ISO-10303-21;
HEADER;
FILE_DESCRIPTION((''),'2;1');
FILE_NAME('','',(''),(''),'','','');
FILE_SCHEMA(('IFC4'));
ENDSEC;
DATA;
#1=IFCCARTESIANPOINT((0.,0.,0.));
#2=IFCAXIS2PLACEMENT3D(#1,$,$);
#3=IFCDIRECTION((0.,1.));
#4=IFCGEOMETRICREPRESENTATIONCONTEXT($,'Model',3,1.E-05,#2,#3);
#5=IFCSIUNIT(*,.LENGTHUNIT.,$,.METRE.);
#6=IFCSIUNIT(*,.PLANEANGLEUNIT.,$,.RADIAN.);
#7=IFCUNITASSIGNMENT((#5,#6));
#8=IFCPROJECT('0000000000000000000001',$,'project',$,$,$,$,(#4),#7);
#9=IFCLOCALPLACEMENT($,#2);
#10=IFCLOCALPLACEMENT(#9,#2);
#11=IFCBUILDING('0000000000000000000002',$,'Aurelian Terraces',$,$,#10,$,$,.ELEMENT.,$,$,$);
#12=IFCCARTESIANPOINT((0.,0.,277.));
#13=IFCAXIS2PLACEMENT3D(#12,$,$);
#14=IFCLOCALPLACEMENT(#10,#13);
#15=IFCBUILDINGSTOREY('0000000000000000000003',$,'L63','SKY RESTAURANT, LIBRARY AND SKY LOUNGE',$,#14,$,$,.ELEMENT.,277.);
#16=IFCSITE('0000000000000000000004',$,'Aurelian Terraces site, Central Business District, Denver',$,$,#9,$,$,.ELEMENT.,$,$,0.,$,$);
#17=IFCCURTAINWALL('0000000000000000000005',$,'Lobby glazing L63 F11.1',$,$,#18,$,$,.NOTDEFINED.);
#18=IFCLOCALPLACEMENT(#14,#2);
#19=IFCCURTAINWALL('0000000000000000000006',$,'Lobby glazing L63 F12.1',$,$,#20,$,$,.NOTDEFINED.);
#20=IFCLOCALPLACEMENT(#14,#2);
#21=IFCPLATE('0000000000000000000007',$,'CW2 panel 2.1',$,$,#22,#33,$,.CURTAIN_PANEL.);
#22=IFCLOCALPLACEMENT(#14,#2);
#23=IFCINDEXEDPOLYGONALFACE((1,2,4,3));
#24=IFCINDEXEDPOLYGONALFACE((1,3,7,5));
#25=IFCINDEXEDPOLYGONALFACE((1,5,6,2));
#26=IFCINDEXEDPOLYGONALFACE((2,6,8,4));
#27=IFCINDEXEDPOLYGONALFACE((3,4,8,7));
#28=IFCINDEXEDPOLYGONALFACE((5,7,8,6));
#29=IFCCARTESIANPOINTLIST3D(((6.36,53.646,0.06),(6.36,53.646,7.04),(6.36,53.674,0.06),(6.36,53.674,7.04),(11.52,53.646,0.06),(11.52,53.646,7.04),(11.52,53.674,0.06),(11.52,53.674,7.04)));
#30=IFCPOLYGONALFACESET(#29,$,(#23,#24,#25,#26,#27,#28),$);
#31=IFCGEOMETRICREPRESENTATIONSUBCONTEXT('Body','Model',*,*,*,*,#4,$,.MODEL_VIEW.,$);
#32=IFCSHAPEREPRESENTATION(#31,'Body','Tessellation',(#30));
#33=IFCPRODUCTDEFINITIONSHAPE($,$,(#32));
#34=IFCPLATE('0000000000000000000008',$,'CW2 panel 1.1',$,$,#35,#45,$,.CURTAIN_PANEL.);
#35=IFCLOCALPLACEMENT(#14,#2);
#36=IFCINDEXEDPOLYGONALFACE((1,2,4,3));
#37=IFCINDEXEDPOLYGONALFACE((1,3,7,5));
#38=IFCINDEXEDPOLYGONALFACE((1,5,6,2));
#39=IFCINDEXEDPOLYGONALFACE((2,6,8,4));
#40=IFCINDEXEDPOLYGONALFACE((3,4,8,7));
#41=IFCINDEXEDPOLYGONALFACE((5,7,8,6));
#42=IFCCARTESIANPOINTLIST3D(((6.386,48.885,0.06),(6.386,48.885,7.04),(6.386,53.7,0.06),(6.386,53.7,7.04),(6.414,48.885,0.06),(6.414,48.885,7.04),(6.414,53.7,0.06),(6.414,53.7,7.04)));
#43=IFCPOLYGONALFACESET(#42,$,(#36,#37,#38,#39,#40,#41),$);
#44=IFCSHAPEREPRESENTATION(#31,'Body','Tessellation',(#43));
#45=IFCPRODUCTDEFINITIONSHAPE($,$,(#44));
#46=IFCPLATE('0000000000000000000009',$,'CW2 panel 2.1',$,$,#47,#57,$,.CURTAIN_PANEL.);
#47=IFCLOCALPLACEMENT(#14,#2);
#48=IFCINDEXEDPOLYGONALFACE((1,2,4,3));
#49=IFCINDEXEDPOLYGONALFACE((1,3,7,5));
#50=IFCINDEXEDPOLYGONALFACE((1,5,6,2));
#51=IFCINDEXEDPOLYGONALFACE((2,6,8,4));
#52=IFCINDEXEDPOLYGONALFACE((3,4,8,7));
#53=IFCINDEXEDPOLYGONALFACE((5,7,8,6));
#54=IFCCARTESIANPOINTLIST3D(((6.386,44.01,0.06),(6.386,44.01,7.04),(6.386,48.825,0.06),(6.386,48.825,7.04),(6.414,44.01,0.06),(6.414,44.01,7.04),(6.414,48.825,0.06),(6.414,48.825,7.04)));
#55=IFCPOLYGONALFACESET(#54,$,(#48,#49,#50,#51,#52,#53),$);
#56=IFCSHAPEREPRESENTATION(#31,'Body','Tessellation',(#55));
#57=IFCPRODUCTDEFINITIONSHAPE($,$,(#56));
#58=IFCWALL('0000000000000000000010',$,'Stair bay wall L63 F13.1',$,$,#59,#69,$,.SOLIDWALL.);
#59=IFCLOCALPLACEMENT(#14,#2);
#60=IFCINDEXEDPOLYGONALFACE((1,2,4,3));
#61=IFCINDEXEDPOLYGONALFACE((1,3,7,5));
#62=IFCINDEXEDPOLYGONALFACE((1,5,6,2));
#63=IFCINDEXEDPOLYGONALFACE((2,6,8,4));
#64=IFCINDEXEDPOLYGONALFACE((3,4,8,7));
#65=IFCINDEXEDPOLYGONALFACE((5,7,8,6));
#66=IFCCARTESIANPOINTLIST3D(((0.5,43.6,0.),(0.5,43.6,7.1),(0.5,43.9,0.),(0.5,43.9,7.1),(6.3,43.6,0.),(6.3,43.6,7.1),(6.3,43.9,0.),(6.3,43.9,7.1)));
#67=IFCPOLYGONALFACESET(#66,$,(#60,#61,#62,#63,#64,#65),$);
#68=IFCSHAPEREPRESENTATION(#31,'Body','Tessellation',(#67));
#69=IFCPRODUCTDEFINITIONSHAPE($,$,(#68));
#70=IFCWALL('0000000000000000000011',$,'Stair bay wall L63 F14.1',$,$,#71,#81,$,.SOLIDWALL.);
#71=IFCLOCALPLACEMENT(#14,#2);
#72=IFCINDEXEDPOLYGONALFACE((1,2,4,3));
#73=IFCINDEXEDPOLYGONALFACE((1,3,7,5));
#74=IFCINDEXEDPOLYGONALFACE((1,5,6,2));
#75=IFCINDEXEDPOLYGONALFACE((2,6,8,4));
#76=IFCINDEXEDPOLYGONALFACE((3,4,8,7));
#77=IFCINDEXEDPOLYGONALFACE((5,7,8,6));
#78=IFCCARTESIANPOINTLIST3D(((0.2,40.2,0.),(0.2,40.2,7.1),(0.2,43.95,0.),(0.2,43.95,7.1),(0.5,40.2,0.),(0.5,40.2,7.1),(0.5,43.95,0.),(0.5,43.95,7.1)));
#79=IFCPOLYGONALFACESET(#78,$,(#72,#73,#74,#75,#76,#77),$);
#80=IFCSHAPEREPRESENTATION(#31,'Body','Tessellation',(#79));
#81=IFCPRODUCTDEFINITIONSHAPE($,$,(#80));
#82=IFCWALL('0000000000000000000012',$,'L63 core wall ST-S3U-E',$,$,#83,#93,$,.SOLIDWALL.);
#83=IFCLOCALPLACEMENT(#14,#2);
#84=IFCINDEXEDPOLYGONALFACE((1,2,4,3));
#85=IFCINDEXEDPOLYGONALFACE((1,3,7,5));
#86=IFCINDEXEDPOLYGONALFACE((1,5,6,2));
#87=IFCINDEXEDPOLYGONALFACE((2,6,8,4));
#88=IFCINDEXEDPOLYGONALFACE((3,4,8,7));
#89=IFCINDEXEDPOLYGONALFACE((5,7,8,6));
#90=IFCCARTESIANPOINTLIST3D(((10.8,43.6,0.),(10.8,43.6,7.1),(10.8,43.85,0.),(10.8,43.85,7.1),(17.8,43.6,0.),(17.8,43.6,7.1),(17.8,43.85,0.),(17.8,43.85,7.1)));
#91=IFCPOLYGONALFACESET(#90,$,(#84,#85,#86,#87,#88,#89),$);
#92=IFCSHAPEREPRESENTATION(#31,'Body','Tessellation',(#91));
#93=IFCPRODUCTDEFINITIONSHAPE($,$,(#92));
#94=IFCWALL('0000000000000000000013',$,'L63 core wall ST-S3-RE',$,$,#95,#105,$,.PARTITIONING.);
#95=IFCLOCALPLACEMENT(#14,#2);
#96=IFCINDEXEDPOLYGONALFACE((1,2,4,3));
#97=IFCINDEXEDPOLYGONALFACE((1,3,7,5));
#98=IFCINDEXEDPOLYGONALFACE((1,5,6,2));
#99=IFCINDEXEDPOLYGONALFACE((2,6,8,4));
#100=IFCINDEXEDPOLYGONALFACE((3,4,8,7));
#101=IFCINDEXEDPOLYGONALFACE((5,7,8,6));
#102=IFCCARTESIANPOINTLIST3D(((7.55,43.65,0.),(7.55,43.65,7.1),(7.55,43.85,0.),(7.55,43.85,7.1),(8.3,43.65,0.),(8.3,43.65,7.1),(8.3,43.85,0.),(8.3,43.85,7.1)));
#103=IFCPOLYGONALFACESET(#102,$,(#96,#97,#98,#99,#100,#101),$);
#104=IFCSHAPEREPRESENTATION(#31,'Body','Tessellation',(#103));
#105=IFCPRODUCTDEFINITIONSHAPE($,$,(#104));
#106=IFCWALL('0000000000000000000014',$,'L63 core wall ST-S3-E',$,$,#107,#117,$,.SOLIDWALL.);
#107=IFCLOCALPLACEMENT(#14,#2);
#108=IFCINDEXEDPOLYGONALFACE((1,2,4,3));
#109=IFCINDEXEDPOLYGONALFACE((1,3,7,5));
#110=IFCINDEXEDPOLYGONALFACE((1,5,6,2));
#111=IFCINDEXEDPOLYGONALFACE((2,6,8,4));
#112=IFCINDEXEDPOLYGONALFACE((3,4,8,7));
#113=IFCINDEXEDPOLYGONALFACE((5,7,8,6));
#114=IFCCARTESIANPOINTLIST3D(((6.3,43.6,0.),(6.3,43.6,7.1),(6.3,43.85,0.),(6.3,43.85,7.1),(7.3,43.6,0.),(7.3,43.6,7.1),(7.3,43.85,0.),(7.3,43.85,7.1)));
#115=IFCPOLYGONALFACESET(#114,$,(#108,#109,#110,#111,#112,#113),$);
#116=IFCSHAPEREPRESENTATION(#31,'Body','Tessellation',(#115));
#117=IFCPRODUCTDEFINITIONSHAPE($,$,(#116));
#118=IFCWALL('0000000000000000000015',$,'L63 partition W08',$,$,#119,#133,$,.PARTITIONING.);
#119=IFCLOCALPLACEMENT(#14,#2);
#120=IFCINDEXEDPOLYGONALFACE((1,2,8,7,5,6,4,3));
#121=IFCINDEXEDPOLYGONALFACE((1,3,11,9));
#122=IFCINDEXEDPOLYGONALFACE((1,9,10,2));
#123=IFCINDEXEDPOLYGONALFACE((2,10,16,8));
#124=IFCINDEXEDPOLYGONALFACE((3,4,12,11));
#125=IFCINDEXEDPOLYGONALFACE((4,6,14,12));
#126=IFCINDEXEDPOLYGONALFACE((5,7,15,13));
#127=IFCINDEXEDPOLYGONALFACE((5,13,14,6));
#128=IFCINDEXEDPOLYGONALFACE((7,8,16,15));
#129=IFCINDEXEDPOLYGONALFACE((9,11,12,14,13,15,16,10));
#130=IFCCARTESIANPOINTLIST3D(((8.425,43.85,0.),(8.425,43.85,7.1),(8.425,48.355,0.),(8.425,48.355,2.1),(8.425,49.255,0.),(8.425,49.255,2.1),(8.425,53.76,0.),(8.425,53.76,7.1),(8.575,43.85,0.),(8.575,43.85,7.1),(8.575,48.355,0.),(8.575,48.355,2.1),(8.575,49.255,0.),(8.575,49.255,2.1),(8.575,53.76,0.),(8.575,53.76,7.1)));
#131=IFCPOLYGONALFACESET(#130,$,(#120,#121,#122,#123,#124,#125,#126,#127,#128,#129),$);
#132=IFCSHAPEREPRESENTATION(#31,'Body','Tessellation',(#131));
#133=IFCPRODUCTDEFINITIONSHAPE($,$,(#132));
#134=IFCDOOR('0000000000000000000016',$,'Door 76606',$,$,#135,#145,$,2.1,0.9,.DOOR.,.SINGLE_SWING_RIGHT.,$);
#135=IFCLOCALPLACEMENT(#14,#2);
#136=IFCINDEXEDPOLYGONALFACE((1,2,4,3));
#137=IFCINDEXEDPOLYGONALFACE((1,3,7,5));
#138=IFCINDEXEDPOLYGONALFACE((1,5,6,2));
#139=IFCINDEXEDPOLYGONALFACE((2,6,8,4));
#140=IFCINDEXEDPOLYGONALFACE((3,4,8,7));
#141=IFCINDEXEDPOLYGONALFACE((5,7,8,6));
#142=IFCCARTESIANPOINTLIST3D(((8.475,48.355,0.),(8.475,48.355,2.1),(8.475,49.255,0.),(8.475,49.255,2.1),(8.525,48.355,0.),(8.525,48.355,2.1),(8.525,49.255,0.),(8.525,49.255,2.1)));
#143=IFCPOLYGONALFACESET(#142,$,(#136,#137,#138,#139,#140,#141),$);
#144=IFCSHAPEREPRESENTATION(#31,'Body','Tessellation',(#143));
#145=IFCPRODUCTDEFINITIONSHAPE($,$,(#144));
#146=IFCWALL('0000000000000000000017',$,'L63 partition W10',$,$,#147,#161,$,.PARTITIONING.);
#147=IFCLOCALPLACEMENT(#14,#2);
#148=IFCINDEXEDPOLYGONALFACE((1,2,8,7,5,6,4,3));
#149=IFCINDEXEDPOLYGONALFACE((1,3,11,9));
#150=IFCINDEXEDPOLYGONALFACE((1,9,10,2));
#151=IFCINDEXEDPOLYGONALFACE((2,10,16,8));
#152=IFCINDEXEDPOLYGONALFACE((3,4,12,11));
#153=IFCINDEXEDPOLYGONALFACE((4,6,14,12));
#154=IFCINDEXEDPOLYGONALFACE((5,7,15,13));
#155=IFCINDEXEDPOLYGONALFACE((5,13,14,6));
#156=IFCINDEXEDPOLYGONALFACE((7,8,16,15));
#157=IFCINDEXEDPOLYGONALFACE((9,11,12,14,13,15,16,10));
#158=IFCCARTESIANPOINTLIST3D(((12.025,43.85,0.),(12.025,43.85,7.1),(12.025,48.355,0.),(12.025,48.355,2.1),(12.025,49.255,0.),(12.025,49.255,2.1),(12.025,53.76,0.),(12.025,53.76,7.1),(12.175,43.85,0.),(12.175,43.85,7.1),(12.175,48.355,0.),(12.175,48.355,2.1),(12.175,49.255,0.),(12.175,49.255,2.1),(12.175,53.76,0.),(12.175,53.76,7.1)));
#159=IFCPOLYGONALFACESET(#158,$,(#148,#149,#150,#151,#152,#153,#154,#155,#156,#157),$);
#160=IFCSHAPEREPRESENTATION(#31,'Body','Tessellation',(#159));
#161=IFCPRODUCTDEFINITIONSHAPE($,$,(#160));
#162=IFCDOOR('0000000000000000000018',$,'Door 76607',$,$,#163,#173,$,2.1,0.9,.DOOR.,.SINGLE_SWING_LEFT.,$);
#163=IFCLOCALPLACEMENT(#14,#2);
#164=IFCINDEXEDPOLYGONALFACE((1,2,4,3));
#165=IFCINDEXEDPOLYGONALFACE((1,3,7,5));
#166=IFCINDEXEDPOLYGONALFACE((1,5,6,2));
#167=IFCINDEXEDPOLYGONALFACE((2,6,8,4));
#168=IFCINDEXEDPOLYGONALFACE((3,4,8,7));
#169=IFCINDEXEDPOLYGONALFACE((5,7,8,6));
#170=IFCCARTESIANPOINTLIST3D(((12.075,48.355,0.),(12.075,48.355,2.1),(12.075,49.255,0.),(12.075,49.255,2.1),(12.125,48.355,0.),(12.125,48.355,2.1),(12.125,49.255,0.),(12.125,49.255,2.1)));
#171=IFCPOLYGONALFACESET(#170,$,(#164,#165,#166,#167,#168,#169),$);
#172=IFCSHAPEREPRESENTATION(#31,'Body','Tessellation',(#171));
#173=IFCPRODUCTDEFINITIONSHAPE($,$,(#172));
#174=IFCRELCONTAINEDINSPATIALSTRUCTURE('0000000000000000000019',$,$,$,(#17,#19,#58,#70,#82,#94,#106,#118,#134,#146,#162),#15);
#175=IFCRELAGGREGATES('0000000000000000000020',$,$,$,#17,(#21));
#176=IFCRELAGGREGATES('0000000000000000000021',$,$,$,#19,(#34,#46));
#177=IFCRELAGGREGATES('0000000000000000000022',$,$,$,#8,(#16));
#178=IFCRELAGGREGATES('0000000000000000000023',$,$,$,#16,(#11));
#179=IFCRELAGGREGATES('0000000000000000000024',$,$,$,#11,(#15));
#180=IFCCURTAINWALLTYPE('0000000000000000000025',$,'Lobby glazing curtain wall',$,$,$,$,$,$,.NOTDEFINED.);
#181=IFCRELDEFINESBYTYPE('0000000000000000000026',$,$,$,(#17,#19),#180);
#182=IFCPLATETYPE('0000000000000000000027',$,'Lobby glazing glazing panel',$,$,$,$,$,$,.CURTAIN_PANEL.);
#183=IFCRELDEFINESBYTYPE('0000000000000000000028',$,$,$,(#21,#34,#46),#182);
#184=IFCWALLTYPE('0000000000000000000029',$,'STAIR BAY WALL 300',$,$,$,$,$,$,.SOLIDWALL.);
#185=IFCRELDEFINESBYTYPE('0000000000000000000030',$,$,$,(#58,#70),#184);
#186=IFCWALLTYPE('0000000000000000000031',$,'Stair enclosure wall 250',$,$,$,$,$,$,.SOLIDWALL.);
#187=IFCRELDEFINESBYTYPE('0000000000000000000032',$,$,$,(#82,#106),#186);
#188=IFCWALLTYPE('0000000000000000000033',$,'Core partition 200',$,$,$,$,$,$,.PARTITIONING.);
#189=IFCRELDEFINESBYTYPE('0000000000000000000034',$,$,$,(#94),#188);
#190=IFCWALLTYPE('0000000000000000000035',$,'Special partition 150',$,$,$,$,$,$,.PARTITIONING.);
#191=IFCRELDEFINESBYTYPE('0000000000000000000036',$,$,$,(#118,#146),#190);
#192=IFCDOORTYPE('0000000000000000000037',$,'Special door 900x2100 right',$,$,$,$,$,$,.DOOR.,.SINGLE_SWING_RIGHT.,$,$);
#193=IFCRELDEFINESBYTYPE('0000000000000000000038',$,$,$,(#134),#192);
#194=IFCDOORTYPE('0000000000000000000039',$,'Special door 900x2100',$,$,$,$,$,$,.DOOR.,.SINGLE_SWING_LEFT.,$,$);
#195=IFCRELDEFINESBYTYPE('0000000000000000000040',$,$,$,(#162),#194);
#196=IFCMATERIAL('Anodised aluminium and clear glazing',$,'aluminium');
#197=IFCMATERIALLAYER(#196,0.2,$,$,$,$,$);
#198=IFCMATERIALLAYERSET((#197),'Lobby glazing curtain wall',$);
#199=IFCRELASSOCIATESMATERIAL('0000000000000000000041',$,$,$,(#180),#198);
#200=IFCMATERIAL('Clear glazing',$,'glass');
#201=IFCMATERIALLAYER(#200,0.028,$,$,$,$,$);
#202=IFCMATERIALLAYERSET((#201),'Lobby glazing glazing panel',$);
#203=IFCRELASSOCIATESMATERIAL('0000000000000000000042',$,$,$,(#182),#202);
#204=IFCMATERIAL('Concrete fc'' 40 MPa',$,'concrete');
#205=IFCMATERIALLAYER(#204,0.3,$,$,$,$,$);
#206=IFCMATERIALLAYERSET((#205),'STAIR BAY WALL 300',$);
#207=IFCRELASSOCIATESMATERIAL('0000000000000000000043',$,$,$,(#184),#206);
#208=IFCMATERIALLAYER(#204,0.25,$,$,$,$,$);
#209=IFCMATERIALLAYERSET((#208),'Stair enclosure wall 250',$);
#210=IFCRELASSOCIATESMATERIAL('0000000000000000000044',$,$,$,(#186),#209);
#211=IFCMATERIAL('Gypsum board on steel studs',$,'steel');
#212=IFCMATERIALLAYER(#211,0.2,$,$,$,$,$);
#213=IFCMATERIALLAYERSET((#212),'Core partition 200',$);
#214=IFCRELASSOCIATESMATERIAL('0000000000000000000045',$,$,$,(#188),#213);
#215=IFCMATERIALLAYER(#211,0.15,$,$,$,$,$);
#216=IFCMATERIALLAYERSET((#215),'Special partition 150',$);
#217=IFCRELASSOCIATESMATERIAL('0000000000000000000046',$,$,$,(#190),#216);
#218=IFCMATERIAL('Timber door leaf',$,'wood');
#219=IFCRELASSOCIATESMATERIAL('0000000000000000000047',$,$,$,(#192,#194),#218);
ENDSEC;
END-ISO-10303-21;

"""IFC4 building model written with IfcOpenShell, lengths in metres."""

from ifc_helpers import new_model, si_unit, direction, frame, frame_2d, origin, origin_2d, place, context, subcontext, project, spatial, rectangle, extrude, source, transform, mapped, material, layer, layer_set, type_object, element, fill, aggregate, save


model = new_model("IFC4")

# Units and contexts
model_context = context("Model", 3, precision=1e-05, world=origin(), true_north=direction((0.0, 1.0)))
body_context = subcontext(model_context, "Body", "Model", "MODEL_VIEW")
ifc_project = project(units=[si_unit("LENGTHUNIT", "METRE"), si_unit("PLANEANGLEUNIT", "RADIAN")], contexts=[model_context])

# Site, building, storey
site_placement = place(None, origin())
site = spatial("IfcSite", under=ifc_project, at=site_placement, Name="Aurelian Terraces site, Central Business District, Denver", CompositionType="ELEMENT", RefElevation=0.0)
building_placement = place(site_placement, origin())
building = spatial("IfcBuilding", under=site, at=building_placement, Name="Aurelian Terraces", CompositionType="ELEMENT")
storey_placement = place(building_placement, frame((0.0, 0.0, 277.0)))
storey = spatial("IfcBuildingStorey", under=building, at=storey_placement, Name="L63", Description="SKY RESTAURANT, LIBRARY AND SKY LOUNGE", CompositionType="ELEMENT", Elevation=277.0)

# Curtain walls
ifc_material_1 = material(Name="Anodised aluminium and clear glazing", Category="aluminium")
ifc_layer_1 = layer(ifc_material_1, 0.2)
ifc_layer_set_1 = layer_set([ifc_layer_1], Name="Lobby glazing curtain wall")
curtain_wall_type = type_object("IfcCurtainWallType", Name="Lobby glazing curtain wall", PredefinedType="NOTDEFINED", material=ifc_layer_set_1)
curtain_wall_1_placement = place(storey_placement, origin())
curtain_wall_1 = element("IfcCurtainWall", 1, at=curtain_wall_1_placement, inside=storey, type_object=curtain_wall_type, Name="Lobby glazing L63 F11.1", PredefinedType="NOTDEFINED")
curtain_wall_2_placement = place(storey_placement, origin())
curtain_wall_2 = element("IfcCurtainWall", 2, at=curtain_wall_2_placement, inside=storey, type_object=curtain_wall_type, Name="Lobby glazing L63 F12.1", PredefinedType="NOTDEFINED")

# Plates
ifc_material_2 = material(Name="Clear glazing", Category="glass")
ifc_layer_2 = layer(ifc_material_2, 0.028)
ifc_layer_set_2 = layer_set([ifc_layer_2], Name="Lobby glazing glazing panel")
plate_type = type_object("IfcPlateType", Name="Lobby glazing glazing panel", PredefinedType="CURTAIN_PANEL", material=ifc_layer_set_2)
shared_shape_1 = source(origin(), body_context, "Body", "SweptSolid", [
    extrude(rectangle(XDim=5.16, YDim=0.028, at=origin_2d()), origin(), (0.0, 0.0, 1.0), 6.98),
])
plate_1_placement = place(storey_placement, frame((8.94, 53.66, 0.06), z_axis=(0.0, 0.0, 1.0), x_axis=(-1.0, 0.0, 0.0)))
plate_1 = element("IfcPlate", 3, at=plate_1_placement, type_object=plate_type, Name="CW2 panel 2.1", PredefinedType="CURTAIN_PANEL", context=body_context, shape_type="MappedRepresentation", body=[
    mapped(shared_shape_1, transform((0.0, 0.0, 0.0), scale=1.0)),
])
aggregate(curtain_wall_1, [plate_1])
shared_shape_2 = source(origin(), body_context, "Body", "SweptSolid", [
    extrude(rectangle(XDim=4.815, YDim=0.028, at=origin_2d()), origin(), (0.0, 0.0, 1.0), 6.98),
])
plate_2_placement = place(storey_placement, frame((6.4, 51.2925, 0.06), z_axis=(0.0, 0.0, 1.0), x_axis=(0.0, -1.0, 0.0)))
plate_2 = element("IfcPlate", 4, at=plate_2_placement, type_object=plate_type, Name="CW2 panel 1.1", PredefinedType="CURTAIN_PANEL", context=body_context, shape_type="MappedRepresentation", body=[
    mapped(shared_shape_2, transform((0.0, 0.0, 0.0), scale=1.0)),
])
plate_3_placement = place(storey_placement, frame((6.4, 46.4175, 0.06), z_axis=(0.0, 0.0, 1.0), x_axis=(0.0, -1.0, 0.0)))
plate_3 = element("IfcPlate", 5, at=plate_3_placement, type_object=plate_type, Name="CW2 panel 2.1", PredefinedType="CURTAIN_PANEL", context=body_context, shape_type="MappedRepresentation", body=[
    mapped(shared_shape_2, transform((0.0, 0.0, 0.0), scale=1.0)),
])
aggregate(curtain_wall_2, [plate_2, plate_3])

# Walls
ifc_material_3 = material(Name="Concrete fc' 40 MPa", Category="concrete")
ifc_layer_3 = layer(ifc_material_3, 0.3)
ifc_layer_set_3 = layer_set([ifc_layer_3], Name="STAIR BAY WALL 300")
wall_type_1 = type_object("IfcWallType", Name="STAIR BAY WALL 300", PredefinedType="SOLIDWALL", material=ifc_layer_set_3)
shared_shape_3 = source(origin(), body_context, "Body", "SweptSolid", [
    extrude(rectangle(XDim=5.8, YDim=0.3, at=frame_2d((2.9, 0.0))), origin(), (0.0, 0.0, 1.0), 7.1),
])
wall_1_placement = place(storey_placement, frame((6.3, 43.75, 0.0), z_axis=(0.0, 0.0, 1.0), x_axis=(-1.0, 0.0, 0.0)))
element("IfcWall", 6, at=wall_1_placement, inside=storey, type_object=wall_type_1, Name="Stair bay wall L63 F13.1", PredefinedType="SOLIDWALL", context=body_context, shape_type="MappedRepresentation", body=[
    mapped(shared_shape_3, transform((0.0, 0.0, 0.0), scale=1.0)),
])
shared_shape_4 = source(origin(), body_context, "Body", "SweptSolid", [
    extrude(rectangle(XDim=3.75, YDim=0.3, at=frame_2d((1.875, 0.0))), origin(), (0.0, 0.0, 1.0), 7.1),
])
wall_2_placement = place(storey_placement, frame((0.35, 43.95, 0.0), z_axis=(0.0, 0.0, 1.0), x_axis=(0.0, -1.0, 0.0)))
element("IfcWall", 7, at=wall_2_placement, inside=storey, type_object=wall_type_1, Name="Stair bay wall L63 F14.1", PredefinedType="SOLIDWALL", context=body_context, shape_type="MappedRepresentation", body=[
    mapped(shared_shape_4, transform((0.0, 0.0, 0.0), scale=1.0)),
])
ifc_layer_4 = layer(ifc_material_3, 0.25)
ifc_layer_set_4 = layer_set([ifc_layer_4], Name="Stair enclosure wall 250")
wall_type_2 = type_object("IfcWallType", Name="Stair enclosure wall 250", PredefinedType="SOLIDWALL", material=ifc_layer_set_4)
shared_shape_5 = source(origin(), body_context, "Body", "SweptSolid", [
    extrude(rectangle(XDim=7.0, YDim=0.25, at=frame_2d((3.5, 0.0))), origin(), (0.0, 0.0, 1.0), 7.1),
])
wall_3_placement = place(storey_placement, frame((10.8, 43.725, 0.0), z_axis=(0.0, 0.0, 1.0), x_axis=(1.0, 0.0, 0.0)))
element("IfcWall", 8, at=wall_3_placement, inside=storey, type_object=wall_type_2, Name="L63 core wall ST-S3U-E", PredefinedType="SOLIDWALL", context=body_context, shape_type="MappedRepresentation", body=[
    mapped(shared_shape_5, transform((0.0, 0.0, 0.0), scale=1.0)),
])
ifc_material_4 = material(Name="Gypsum board on steel studs", Category="steel")
ifc_layer_5 = layer(ifc_material_4, 0.2)
ifc_layer_set_5 = layer_set([ifc_layer_5], Name="Core partition 200")
wall_type_3 = type_object("IfcWallType", Name="Core partition 200", PredefinedType="PARTITIONING", material=ifc_layer_set_5)
shared_shape_6 = source(origin(), body_context, "Body", "SweptSolid", [
    extrude(rectangle(XDim=0.75, YDim=0.2, at=frame_2d((0.375, 0.0))), origin(), (0.0, 0.0, 1.0), 7.1),
])
wall_4_placement = place(storey_placement, frame((7.55, 43.75, 0.0), z_axis=(0.0, 0.0, 1.0), x_axis=(1.0, 0.0, 0.0)))
element("IfcWall", 9, at=wall_4_placement, inside=storey, type_object=wall_type_3, Name="L63 core wall ST-S3-RE", PredefinedType="PARTITIONING", context=body_context, shape_type="MappedRepresentation", body=[
    mapped(shared_shape_6, transform((0.0, 0.0, 0.0), scale=1.0)),
])
shared_shape_7 = source(origin(), body_context, "Body", "SweptSolid", [
    extrude(rectangle(XDim=1.0, YDim=0.25, at=frame_2d((0.5, 0.0))), origin(), (0.0, 0.0, 1.0), 7.1),
])
wall_5_placement = place(storey_placement, frame((6.3, 43.725, 0.0), z_axis=(0.0, 0.0, 1.0), x_axis=(1.0, 0.0, 0.0)))
element("IfcWall", 10, at=wall_5_placement, inside=storey, type_object=wall_type_2, Name="L63 core wall ST-S3-E", PredefinedType="SOLIDWALL", context=body_context, shape_type="MappedRepresentation", body=[
    mapped(shared_shape_7, transform((0.0, 0.0, 0.0), scale=1.0)),
])

# Walls, openings, doors
ifc_layer_6 = layer(ifc_material_4, 0.15)
ifc_layer_set_6 = layer_set([ifc_layer_6], Name="Special partition 150")
wall_type_4 = type_object("IfcWallType", Name="Special partition 150", PredefinedType="PARTITIONING", material=ifc_layer_set_6)
shared_shape_8 = source(origin(), body_context, "Body", "SweptSolid", [
    extrude(rectangle(XDim=9.91, YDim=0.15, at=frame_2d((4.955, 0.0))), origin(), (0.0, 0.0, 1.0), 7.1),
])
wall_6_placement = place(storey_placement, frame((8.5, 43.85, 0.0), z_axis=(0.0, 0.0, 1.0), x_axis=(0.0, 1.0, 0.0)))
wall_6 = element("IfcWall", 11, at=wall_6_placement, inside=storey, type_object=wall_type_4, Name="L63 partition W08", PredefinedType="PARTITIONING", context=body_context, shape_type="MappedRepresentation", body=[
    mapped(shared_shape_8, transform((0.0, 0.0, 0.0), scale=1.0)),
])
shared_shape_9 = source(origin(), body_context, "Body", "SweptSolid", [
    extrude(rectangle(XDim=0.9, YDim=2.1, at=frame_2d((0.45, 1.05))), frame((0.0, 0.085, 0.0), z_axis=(0.0, -1.0, 0.0), x_axis=(1.0, 0.0, 0.0)), (0.0, 0.0, 1.0), 0.17),
])
opening_1_placement = place(wall_6_placement, frame((4.505, 0.0, 0.0)))
opening_1 = element("IfcOpeningElement", 12, at=opening_1_placement, cuts=wall_6, PredefinedType="OPENING", context=body_context, shape_type="MappedRepresentation", body=[
    mapped(shared_shape_9, transform((0.0, 0.0, 0.0), scale=1.0)),
])
ifc_material_5 = material(Name="Timber door leaf", Category="wood")
door_type_1 = type_object("IfcDoorType", Name="Special door 900x2100 right", OperationType="SINGLE_SWING_RIGHT", PredefinedType="DOOR", material=ifc_material_5)
shared_shape_10 = source(origin(), body_context, "Body", "SweptSolid", [
    extrude(rectangle(XDim=0.9, YDim=2.1, at=frame_2d((0.45, 1.05))), frame((0.0, 0.025, 0.0), z_axis=(0.0, -1.0, 0.0), x_axis=(1.0, 0.0, 0.0)), (0.0, 0.0, 1.0), 0.05),
])
door_1_placement = place(opening_1_placement, origin())
door_1 = element("IfcDoor", 13, at=door_1_placement, inside=storey, type_object=door_type_1, Name="Door 76606", OperationType="SINGLE_SWING_RIGHT", OverallHeight=2.1, OverallWidth=0.9, PredefinedType="DOOR", context=body_context, shape_type="MappedRepresentation", body=[
    mapped(shared_shape_10, transform((0.0, 0.0, 0.0), scale=1.0)),
])
fill(opening_1, door_1)
wall_7_placement = place(storey_placement, frame((12.1, 43.85, 0.0), z_axis=(0.0, 0.0, 1.0), x_axis=(0.0, 1.0, 0.0)))
wall_7 = element("IfcWall", 14, at=wall_7_placement, inside=storey, type_object=wall_type_4, Name="L63 partition W10", PredefinedType="PARTITIONING", context=body_context, shape_type="MappedRepresentation", body=[
    mapped(shared_shape_8, transform((0.0, 0.0, 0.0), scale=1.0)),
])
opening_2_placement = place(wall_7_placement, frame((4.505, 0.0, 0.0)))
opening_2 = element("IfcOpeningElement", 15, at=opening_2_placement, cuts=wall_7, PredefinedType="OPENING", context=body_context, shape_type="MappedRepresentation", body=[
    mapped(shared_shape_9, transform((0.0, 0.0, 0.0), scale=1.0)),
])
door_type_2 = type_object("IfcDoorType", Name="Special door 900x2100", OperationType="SINGLE_SWING_LEFT", PredefinedType="DOOR", material=ifc_material_5)
door_2_placement = place(opening_2_placement, origin())
door_2 = element("IfcDoor", 16, at=door_2_placement, inside=storey, type_object=door_type_2, Name="Door 76607", OperationType="SINGLE_SWING_LEFT", OverallHeight=2.1, OverallWidth=0.9, PredefinedType="DOOR", context=body_context, shape_type="MappedRepresentation", body=[
    mapped(shared_shape_10, transform((0.0, 0.0, 0.0), scale=1.0)),
])
fill(opening_2, door_2)

save(model, "model.ifc")
